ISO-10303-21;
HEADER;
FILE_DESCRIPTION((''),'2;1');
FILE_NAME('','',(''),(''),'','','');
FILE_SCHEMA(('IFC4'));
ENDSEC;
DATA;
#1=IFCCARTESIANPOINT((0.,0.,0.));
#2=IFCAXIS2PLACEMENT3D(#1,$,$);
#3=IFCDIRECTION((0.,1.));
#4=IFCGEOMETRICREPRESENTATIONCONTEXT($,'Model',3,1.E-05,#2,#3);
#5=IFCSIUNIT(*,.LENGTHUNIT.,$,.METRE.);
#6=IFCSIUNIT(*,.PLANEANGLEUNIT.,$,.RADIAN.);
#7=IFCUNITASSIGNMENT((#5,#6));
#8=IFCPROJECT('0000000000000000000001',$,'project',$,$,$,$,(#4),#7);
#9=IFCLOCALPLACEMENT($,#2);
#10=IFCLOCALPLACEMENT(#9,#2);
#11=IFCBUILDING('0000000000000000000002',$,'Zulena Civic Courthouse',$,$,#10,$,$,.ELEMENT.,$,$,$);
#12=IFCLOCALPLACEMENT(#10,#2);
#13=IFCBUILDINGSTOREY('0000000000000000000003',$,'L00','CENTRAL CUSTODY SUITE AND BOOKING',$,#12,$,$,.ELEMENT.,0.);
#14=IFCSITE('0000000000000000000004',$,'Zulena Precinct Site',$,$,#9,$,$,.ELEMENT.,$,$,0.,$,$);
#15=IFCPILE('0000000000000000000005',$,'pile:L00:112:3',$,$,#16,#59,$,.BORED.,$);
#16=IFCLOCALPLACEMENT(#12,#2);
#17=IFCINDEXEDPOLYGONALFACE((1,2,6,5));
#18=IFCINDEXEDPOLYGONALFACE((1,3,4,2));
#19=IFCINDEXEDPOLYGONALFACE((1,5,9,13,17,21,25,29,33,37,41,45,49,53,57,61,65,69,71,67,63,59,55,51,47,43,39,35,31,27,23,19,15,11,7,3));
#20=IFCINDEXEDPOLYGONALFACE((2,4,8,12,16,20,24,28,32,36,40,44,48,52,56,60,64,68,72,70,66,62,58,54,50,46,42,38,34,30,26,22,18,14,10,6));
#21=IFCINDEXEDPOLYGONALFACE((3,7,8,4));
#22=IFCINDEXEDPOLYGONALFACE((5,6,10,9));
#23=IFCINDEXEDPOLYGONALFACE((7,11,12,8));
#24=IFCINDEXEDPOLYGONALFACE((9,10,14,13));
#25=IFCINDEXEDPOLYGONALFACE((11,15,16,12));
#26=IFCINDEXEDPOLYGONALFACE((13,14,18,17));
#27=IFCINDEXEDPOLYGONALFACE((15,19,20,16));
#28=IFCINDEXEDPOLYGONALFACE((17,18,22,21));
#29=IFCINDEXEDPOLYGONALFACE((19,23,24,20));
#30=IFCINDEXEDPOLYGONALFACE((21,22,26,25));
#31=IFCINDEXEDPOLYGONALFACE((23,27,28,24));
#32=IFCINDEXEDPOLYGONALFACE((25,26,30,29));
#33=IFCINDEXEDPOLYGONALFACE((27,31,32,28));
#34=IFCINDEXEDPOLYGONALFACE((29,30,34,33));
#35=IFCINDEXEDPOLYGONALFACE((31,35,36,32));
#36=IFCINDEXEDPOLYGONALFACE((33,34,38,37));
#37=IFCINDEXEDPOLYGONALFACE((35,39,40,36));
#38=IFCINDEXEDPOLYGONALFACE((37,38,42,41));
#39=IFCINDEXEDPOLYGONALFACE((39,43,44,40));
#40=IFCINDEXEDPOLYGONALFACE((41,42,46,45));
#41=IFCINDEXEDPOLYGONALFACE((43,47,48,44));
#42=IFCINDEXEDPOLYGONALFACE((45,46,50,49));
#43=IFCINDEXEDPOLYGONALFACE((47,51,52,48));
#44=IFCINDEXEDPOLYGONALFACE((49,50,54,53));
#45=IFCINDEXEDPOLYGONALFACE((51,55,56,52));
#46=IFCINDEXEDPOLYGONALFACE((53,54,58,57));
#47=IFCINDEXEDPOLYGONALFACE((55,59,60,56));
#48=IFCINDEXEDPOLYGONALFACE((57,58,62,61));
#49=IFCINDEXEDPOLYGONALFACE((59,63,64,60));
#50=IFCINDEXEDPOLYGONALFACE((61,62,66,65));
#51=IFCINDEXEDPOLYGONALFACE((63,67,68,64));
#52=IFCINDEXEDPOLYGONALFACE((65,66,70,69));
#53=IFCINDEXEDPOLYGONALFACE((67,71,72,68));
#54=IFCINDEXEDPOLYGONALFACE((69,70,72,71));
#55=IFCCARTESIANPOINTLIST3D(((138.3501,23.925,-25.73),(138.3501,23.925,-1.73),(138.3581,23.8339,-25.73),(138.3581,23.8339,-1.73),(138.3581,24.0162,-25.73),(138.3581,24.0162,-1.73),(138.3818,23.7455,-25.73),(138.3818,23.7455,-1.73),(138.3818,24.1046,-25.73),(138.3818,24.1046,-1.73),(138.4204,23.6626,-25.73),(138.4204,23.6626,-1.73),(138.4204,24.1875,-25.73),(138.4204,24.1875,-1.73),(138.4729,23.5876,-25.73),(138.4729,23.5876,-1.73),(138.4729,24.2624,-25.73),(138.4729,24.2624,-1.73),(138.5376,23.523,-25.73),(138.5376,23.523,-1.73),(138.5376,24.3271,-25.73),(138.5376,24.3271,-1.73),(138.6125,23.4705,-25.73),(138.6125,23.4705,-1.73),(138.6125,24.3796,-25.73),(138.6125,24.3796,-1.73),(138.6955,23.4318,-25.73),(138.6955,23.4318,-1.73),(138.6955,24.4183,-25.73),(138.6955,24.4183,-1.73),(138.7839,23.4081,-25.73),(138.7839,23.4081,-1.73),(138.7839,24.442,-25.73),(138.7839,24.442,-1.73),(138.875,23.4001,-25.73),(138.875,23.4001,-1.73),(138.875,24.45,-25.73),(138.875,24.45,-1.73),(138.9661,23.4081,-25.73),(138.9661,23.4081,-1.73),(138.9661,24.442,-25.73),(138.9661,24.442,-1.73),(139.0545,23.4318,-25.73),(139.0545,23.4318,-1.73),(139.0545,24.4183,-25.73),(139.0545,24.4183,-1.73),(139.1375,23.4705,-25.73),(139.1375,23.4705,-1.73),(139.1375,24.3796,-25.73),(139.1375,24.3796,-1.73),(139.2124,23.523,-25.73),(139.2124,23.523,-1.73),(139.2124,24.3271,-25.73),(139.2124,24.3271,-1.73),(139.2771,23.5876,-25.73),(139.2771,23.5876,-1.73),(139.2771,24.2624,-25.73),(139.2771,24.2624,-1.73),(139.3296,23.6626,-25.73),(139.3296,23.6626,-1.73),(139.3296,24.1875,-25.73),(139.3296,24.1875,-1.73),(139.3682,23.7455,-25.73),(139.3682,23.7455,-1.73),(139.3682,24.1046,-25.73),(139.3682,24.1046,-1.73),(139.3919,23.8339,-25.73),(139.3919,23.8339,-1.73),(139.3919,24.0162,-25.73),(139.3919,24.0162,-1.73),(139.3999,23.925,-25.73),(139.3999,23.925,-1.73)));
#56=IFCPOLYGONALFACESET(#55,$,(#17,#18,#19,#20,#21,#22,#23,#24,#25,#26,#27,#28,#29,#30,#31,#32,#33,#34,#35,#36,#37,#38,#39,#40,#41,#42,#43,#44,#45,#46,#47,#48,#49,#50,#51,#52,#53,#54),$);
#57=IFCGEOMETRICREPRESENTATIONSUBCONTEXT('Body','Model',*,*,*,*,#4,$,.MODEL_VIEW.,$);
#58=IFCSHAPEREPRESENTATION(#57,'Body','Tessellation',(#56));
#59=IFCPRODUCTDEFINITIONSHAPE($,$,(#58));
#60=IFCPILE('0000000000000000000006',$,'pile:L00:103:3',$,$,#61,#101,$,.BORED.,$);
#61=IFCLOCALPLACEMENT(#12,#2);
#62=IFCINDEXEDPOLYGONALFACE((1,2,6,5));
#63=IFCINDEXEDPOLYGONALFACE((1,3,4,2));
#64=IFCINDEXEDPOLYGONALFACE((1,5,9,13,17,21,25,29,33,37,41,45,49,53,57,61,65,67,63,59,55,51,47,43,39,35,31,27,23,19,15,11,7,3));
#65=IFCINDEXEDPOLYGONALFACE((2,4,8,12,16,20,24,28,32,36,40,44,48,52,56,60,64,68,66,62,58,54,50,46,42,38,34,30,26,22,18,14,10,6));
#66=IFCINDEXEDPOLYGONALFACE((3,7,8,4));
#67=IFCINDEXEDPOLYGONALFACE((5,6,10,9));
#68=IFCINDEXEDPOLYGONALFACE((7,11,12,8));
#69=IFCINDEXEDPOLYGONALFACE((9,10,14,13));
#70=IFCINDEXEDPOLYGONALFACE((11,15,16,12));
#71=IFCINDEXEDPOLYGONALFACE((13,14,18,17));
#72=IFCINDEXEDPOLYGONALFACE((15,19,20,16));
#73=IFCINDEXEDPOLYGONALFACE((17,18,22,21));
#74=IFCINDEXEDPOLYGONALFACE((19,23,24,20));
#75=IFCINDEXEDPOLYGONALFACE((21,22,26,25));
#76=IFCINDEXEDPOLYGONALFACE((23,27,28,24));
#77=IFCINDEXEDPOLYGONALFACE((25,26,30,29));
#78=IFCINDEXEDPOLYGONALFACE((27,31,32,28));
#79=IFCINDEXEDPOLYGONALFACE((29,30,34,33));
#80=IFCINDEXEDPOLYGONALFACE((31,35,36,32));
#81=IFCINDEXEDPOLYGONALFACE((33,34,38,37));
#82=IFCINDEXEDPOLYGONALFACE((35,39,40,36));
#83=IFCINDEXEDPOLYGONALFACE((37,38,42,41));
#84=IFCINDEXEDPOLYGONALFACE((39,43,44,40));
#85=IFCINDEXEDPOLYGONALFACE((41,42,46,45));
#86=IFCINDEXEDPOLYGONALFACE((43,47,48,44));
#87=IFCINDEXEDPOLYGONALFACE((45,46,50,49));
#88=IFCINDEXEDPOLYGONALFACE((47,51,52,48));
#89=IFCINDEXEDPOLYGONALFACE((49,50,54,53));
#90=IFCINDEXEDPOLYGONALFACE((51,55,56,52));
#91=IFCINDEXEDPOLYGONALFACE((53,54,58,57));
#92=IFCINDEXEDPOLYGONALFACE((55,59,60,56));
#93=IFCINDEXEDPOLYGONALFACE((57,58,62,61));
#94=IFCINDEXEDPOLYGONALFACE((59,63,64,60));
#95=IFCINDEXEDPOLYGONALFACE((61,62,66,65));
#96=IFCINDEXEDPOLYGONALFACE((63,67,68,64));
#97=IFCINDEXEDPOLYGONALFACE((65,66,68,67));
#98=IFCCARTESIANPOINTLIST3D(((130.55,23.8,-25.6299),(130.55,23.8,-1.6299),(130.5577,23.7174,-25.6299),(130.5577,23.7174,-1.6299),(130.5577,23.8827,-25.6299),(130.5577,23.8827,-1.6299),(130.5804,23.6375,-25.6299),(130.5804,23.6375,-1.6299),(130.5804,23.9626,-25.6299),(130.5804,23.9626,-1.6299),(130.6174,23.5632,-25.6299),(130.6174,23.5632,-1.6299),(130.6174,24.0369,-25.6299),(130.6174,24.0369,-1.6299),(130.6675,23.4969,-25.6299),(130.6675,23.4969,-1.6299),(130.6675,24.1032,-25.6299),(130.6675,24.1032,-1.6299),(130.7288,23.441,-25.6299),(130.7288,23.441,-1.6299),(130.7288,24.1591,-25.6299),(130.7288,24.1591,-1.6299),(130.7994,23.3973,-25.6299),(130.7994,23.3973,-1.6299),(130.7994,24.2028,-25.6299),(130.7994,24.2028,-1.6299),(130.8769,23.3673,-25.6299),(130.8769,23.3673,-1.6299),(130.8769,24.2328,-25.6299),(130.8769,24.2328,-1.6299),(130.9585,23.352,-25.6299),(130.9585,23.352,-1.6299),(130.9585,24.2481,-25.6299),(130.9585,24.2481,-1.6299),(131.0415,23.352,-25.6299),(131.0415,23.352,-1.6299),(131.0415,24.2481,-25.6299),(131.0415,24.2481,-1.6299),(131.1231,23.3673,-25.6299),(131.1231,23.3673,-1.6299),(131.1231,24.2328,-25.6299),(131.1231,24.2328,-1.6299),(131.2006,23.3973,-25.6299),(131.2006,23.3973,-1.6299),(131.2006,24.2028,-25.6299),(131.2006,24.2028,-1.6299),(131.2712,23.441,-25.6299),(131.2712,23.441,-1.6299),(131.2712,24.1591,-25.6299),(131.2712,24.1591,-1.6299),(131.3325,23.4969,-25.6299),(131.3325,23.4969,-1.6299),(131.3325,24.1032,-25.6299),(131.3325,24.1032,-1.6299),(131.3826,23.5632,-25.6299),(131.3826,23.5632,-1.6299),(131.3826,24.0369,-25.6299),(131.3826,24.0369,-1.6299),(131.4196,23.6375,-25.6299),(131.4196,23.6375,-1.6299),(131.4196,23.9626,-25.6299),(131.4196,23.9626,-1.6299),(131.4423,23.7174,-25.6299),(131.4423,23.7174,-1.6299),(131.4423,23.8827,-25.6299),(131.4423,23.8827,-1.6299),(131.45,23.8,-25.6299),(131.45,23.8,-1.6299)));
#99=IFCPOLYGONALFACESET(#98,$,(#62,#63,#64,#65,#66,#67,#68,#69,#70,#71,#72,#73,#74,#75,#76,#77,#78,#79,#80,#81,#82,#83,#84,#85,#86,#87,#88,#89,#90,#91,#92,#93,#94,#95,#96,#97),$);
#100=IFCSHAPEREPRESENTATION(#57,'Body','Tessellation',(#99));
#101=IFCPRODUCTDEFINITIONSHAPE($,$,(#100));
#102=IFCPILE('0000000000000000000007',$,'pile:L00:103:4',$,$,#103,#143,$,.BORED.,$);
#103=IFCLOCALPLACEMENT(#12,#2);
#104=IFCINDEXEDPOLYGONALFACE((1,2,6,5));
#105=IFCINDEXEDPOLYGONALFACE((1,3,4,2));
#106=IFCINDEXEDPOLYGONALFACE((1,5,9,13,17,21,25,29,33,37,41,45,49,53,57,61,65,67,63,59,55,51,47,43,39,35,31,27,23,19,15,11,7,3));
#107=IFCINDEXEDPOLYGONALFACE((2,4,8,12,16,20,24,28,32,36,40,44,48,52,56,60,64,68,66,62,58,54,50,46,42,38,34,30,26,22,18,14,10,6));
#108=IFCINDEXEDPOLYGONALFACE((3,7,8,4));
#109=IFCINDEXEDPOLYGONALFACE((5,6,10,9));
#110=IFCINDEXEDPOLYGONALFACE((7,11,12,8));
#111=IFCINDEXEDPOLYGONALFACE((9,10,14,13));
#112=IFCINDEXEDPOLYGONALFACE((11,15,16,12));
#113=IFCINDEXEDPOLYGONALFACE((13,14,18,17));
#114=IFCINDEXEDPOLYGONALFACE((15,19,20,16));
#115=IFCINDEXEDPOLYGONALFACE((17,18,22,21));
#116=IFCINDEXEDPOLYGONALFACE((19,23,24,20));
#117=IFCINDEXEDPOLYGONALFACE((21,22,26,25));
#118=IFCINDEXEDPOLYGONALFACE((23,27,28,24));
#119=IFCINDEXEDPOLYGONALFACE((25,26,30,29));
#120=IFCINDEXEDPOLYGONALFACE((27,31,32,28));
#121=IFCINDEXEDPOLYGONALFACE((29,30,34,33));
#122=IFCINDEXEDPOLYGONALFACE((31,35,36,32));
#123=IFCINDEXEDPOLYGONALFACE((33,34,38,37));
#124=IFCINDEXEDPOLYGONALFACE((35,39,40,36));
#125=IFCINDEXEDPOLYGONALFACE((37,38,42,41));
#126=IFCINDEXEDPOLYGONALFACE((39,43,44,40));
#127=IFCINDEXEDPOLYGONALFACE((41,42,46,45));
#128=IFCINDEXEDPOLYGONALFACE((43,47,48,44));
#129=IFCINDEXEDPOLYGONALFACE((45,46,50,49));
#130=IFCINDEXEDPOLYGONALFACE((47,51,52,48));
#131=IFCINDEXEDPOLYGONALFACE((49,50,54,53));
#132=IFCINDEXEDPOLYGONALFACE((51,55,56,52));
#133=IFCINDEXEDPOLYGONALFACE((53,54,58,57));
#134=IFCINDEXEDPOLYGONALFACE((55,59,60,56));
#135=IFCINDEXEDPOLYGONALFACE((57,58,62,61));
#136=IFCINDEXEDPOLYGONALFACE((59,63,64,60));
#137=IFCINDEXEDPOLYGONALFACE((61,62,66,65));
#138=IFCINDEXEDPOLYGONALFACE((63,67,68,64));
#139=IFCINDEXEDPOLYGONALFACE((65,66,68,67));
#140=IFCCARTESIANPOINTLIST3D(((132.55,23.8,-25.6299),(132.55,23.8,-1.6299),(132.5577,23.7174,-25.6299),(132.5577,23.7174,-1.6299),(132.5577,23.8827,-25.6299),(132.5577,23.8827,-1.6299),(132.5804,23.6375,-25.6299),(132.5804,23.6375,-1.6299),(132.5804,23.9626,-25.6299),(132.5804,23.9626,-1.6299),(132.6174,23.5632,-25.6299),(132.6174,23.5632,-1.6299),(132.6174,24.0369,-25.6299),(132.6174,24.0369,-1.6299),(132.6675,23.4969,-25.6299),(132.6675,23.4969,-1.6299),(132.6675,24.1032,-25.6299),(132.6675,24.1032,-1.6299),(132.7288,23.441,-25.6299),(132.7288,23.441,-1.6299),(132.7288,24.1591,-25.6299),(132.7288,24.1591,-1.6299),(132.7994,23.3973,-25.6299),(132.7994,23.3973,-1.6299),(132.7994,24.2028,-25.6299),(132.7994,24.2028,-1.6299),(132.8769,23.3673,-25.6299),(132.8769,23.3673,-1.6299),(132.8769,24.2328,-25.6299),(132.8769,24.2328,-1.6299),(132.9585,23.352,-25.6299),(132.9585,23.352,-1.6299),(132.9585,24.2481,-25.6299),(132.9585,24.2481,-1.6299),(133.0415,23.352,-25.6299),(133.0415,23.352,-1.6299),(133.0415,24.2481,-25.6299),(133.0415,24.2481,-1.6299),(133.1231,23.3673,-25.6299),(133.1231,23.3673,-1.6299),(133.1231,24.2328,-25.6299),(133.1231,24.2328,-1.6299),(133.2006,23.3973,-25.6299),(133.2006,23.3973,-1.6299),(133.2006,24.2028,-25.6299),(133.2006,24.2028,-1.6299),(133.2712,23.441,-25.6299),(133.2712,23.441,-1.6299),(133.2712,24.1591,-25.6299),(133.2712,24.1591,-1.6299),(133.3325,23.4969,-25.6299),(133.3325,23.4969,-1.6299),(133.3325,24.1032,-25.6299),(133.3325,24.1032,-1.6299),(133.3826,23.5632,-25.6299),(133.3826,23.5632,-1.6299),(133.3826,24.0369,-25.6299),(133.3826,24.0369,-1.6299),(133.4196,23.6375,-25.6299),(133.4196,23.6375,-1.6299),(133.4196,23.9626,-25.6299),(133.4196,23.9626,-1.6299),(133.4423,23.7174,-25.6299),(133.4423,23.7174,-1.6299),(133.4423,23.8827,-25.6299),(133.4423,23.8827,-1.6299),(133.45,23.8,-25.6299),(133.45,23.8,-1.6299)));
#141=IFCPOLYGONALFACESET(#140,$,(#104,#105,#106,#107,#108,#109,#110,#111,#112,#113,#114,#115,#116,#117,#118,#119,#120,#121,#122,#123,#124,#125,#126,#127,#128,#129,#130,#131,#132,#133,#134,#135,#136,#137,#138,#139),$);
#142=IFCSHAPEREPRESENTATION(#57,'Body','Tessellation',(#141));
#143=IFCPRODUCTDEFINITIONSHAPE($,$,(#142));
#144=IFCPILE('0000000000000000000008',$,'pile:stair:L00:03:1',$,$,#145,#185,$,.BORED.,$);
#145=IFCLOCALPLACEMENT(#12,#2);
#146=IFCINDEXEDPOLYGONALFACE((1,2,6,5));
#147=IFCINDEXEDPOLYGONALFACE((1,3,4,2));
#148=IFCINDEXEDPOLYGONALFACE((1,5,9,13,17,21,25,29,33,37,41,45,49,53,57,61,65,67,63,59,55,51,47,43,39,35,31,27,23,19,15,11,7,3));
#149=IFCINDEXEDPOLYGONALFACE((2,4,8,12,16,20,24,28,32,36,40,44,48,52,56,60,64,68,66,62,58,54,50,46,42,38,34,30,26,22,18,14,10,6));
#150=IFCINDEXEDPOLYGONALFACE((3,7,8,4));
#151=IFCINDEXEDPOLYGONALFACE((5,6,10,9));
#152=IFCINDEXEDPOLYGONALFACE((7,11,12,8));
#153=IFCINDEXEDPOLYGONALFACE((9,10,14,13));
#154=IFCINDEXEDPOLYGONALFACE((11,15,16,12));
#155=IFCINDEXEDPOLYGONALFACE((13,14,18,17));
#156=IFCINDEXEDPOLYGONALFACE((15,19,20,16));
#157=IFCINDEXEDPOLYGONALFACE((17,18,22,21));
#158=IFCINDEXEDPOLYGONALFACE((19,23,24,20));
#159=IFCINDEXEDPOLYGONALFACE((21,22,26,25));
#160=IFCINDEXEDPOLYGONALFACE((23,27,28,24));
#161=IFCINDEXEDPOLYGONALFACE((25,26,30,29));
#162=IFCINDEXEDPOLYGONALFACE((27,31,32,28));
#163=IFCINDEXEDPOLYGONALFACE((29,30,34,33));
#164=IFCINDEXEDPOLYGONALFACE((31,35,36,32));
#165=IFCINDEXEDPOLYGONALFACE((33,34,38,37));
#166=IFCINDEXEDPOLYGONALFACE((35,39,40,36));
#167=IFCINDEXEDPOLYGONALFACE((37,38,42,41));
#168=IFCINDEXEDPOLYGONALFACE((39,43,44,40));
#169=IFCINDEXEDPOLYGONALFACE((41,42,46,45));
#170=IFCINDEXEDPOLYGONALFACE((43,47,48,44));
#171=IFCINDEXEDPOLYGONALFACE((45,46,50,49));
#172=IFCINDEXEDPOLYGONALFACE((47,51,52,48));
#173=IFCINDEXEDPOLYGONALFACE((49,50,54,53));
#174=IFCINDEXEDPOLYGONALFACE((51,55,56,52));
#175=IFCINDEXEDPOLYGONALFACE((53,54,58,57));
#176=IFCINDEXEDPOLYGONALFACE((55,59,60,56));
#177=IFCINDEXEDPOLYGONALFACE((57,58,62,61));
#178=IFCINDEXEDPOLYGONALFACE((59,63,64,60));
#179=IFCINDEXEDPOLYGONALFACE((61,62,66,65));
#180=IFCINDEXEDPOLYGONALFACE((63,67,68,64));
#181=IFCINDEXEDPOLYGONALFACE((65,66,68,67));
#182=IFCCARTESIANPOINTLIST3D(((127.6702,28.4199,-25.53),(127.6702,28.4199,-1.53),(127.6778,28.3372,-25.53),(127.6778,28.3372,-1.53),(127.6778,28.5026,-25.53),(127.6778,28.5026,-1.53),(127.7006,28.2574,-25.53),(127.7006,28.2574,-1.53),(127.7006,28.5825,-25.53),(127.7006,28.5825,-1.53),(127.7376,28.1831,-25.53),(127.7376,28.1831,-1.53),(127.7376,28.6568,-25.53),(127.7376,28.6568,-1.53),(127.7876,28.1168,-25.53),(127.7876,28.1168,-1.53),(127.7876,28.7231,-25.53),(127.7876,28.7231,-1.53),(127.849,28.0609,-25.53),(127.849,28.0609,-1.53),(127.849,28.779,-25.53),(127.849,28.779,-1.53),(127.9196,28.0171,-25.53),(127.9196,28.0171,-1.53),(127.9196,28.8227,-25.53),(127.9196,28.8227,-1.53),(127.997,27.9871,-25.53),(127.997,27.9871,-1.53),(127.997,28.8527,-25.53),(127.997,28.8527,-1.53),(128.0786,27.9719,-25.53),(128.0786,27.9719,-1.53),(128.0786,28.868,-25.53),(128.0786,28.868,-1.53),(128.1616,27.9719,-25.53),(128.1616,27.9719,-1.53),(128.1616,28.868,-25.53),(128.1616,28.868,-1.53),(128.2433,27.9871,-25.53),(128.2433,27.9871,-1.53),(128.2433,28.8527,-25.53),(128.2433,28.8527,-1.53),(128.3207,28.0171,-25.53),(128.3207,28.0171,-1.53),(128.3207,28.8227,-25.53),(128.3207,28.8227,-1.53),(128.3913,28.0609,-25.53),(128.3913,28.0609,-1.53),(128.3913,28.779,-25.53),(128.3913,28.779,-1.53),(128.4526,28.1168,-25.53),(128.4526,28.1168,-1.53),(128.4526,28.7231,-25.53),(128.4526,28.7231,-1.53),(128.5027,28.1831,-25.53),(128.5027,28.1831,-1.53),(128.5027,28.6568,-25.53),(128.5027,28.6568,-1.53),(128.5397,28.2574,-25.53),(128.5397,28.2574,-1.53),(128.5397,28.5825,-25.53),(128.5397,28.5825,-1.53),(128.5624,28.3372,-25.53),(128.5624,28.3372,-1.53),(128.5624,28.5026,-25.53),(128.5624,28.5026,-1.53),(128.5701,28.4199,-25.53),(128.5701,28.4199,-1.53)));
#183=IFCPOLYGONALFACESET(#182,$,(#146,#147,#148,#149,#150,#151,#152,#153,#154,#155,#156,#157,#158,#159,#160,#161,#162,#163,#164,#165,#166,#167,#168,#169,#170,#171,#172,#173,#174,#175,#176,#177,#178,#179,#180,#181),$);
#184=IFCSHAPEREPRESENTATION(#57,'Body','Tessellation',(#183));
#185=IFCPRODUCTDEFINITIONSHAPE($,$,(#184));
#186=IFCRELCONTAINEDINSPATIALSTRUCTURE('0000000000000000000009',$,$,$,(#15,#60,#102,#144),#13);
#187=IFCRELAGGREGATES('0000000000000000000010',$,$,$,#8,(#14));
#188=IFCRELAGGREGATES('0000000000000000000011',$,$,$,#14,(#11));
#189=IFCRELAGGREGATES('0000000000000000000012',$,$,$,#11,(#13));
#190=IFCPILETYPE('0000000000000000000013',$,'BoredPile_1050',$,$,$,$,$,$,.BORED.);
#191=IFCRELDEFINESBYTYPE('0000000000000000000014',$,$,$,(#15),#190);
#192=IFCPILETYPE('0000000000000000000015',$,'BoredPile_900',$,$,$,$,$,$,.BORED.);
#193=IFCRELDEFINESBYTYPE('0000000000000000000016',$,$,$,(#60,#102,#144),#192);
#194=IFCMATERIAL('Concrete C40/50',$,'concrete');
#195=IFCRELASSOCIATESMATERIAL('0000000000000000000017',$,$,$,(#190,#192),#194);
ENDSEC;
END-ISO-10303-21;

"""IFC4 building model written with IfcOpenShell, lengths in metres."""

from ifc_helpers import new_model, si_unit, direction, frame, origin, origin_2d, place, context, subcontext, project, spatial, circle, extrude, material, material_profile, profile_set, type_object, element, save


model = new_model("IFC4")

# Units and contexts
model_context = context("Model", 3, precision=1e-05, world=origin(), true_north=direction((0.0, 1.0)))
body_context = subcontext(model_context, "Body", "Model", "MODEL_VIEW")
ifc_project = project(units=[si_unit("LENGTHUNIT", "METRE"), si_unit("PLANEANGLEUNIT", "RADIAN")], contexts=[model_context])

# Site, building, storey
site_placement = place(None, origin())
site = spatial("IfcSite", under=ifc_project, at=site_placement, Name="Zulena Precinct Site", CompositionType="ELEMENT", RefElevation=0.0)
building_placement = place(site_placement, origin())
building = spatial("IfcBuilding", under=site, at=building_placement, Name="Zulena Civic Courthouse", CompositionType="ELEMENT")
storey_placement = place(building_placement, origin())
storey = spatial("IfcBuildingStorey", under=building, at=storey_placement, Name="L00", Description="CENTRAL CUSTODY SUITE AND BOOKING", CompositionType="ELEMENT", Elevation=0.0)

# Piles
ifc_material_1 = material(Name="Concrete C40/50", Category="concrete")
ifc_material_profile_1 = material_profile(ifc_material_1, circle(Radius=0.5249, at=origin_2d()), Name="PILE1050")
ifc_profile_set_1 = profile_set([ifc_material_profile_1], Name="Concrete C40/50")
pile_type_1 = type_object("IfcPileType", Name="BoredPile_1050", PredefinedType="BORED", material=ifc_profile_set_1)
for number, where, z_axis, x_axis, name in (
    (1, (138.875, 23.925, -1.73), (0.0, 0.0, -1.0), (1.0, 0.0, 0.0), "pile:L00:112:3"),
):
    element("IfcPile", number, at=place(storey_placement, frame(where, z_axis=z_axis, x_axis=x_axis)), inside=storey, type_object=pile_type_1, Name=name, PredefinedType="BORED", context=body_context, shape_type="SweptSolid", body=[
        extrude(circle(Radius=0.5249, at=origin_2d()), origin(), (0.0, 0.0, 1.0), 24.0),
    ])
ifc_material_profile_2 = material_profile(ifc_material_1, circle(Radius=0.45, at=origin_2d()), Name="PILE900")
ifc_profile_set_2 = profile_set([ifc_material_profile_2], Name="Concrete C40/50")
pile_type_2 = type_object("IfcPileType", Name="BoredPile_900", PredefinedType="BORED", material=ifc_profile_set_2)
for number, where, z_axis, x_axis, name in (
    (2, (131.0, 23.8, -1.6299), (0.0, 0.0, -1.0), (1.0, 0.0, 0.0), "pile:L00:103:3"),
    (3, (133.0, 23.8, -1.6299), (0.0, 0.0, -1.0), (1.0, 0.0, 0.0), "pile:L00:103:4"),
    (4, (128.1201, 28.4199, -1.53), (0.0, 0.0, -1.0), (1.0, 0.0, 0.0), "pile:stair:L00:03:1"),
):
    element("IfcPile", number, at=place(storey_placement, frame(where, z_axis=z_axis, x_axis=x_axis)), inside=storey, type_object=pile_type_2, Name=name, PredefinedType="BORED", context=body_context, shape_type="SweptSolid", body=[
        extrude(circle(Radius=0.45, at=origin_2d()), origin(), (0.0, 0.0, 1.0), 24.0),
    ])

save(model, "model.ifc")
